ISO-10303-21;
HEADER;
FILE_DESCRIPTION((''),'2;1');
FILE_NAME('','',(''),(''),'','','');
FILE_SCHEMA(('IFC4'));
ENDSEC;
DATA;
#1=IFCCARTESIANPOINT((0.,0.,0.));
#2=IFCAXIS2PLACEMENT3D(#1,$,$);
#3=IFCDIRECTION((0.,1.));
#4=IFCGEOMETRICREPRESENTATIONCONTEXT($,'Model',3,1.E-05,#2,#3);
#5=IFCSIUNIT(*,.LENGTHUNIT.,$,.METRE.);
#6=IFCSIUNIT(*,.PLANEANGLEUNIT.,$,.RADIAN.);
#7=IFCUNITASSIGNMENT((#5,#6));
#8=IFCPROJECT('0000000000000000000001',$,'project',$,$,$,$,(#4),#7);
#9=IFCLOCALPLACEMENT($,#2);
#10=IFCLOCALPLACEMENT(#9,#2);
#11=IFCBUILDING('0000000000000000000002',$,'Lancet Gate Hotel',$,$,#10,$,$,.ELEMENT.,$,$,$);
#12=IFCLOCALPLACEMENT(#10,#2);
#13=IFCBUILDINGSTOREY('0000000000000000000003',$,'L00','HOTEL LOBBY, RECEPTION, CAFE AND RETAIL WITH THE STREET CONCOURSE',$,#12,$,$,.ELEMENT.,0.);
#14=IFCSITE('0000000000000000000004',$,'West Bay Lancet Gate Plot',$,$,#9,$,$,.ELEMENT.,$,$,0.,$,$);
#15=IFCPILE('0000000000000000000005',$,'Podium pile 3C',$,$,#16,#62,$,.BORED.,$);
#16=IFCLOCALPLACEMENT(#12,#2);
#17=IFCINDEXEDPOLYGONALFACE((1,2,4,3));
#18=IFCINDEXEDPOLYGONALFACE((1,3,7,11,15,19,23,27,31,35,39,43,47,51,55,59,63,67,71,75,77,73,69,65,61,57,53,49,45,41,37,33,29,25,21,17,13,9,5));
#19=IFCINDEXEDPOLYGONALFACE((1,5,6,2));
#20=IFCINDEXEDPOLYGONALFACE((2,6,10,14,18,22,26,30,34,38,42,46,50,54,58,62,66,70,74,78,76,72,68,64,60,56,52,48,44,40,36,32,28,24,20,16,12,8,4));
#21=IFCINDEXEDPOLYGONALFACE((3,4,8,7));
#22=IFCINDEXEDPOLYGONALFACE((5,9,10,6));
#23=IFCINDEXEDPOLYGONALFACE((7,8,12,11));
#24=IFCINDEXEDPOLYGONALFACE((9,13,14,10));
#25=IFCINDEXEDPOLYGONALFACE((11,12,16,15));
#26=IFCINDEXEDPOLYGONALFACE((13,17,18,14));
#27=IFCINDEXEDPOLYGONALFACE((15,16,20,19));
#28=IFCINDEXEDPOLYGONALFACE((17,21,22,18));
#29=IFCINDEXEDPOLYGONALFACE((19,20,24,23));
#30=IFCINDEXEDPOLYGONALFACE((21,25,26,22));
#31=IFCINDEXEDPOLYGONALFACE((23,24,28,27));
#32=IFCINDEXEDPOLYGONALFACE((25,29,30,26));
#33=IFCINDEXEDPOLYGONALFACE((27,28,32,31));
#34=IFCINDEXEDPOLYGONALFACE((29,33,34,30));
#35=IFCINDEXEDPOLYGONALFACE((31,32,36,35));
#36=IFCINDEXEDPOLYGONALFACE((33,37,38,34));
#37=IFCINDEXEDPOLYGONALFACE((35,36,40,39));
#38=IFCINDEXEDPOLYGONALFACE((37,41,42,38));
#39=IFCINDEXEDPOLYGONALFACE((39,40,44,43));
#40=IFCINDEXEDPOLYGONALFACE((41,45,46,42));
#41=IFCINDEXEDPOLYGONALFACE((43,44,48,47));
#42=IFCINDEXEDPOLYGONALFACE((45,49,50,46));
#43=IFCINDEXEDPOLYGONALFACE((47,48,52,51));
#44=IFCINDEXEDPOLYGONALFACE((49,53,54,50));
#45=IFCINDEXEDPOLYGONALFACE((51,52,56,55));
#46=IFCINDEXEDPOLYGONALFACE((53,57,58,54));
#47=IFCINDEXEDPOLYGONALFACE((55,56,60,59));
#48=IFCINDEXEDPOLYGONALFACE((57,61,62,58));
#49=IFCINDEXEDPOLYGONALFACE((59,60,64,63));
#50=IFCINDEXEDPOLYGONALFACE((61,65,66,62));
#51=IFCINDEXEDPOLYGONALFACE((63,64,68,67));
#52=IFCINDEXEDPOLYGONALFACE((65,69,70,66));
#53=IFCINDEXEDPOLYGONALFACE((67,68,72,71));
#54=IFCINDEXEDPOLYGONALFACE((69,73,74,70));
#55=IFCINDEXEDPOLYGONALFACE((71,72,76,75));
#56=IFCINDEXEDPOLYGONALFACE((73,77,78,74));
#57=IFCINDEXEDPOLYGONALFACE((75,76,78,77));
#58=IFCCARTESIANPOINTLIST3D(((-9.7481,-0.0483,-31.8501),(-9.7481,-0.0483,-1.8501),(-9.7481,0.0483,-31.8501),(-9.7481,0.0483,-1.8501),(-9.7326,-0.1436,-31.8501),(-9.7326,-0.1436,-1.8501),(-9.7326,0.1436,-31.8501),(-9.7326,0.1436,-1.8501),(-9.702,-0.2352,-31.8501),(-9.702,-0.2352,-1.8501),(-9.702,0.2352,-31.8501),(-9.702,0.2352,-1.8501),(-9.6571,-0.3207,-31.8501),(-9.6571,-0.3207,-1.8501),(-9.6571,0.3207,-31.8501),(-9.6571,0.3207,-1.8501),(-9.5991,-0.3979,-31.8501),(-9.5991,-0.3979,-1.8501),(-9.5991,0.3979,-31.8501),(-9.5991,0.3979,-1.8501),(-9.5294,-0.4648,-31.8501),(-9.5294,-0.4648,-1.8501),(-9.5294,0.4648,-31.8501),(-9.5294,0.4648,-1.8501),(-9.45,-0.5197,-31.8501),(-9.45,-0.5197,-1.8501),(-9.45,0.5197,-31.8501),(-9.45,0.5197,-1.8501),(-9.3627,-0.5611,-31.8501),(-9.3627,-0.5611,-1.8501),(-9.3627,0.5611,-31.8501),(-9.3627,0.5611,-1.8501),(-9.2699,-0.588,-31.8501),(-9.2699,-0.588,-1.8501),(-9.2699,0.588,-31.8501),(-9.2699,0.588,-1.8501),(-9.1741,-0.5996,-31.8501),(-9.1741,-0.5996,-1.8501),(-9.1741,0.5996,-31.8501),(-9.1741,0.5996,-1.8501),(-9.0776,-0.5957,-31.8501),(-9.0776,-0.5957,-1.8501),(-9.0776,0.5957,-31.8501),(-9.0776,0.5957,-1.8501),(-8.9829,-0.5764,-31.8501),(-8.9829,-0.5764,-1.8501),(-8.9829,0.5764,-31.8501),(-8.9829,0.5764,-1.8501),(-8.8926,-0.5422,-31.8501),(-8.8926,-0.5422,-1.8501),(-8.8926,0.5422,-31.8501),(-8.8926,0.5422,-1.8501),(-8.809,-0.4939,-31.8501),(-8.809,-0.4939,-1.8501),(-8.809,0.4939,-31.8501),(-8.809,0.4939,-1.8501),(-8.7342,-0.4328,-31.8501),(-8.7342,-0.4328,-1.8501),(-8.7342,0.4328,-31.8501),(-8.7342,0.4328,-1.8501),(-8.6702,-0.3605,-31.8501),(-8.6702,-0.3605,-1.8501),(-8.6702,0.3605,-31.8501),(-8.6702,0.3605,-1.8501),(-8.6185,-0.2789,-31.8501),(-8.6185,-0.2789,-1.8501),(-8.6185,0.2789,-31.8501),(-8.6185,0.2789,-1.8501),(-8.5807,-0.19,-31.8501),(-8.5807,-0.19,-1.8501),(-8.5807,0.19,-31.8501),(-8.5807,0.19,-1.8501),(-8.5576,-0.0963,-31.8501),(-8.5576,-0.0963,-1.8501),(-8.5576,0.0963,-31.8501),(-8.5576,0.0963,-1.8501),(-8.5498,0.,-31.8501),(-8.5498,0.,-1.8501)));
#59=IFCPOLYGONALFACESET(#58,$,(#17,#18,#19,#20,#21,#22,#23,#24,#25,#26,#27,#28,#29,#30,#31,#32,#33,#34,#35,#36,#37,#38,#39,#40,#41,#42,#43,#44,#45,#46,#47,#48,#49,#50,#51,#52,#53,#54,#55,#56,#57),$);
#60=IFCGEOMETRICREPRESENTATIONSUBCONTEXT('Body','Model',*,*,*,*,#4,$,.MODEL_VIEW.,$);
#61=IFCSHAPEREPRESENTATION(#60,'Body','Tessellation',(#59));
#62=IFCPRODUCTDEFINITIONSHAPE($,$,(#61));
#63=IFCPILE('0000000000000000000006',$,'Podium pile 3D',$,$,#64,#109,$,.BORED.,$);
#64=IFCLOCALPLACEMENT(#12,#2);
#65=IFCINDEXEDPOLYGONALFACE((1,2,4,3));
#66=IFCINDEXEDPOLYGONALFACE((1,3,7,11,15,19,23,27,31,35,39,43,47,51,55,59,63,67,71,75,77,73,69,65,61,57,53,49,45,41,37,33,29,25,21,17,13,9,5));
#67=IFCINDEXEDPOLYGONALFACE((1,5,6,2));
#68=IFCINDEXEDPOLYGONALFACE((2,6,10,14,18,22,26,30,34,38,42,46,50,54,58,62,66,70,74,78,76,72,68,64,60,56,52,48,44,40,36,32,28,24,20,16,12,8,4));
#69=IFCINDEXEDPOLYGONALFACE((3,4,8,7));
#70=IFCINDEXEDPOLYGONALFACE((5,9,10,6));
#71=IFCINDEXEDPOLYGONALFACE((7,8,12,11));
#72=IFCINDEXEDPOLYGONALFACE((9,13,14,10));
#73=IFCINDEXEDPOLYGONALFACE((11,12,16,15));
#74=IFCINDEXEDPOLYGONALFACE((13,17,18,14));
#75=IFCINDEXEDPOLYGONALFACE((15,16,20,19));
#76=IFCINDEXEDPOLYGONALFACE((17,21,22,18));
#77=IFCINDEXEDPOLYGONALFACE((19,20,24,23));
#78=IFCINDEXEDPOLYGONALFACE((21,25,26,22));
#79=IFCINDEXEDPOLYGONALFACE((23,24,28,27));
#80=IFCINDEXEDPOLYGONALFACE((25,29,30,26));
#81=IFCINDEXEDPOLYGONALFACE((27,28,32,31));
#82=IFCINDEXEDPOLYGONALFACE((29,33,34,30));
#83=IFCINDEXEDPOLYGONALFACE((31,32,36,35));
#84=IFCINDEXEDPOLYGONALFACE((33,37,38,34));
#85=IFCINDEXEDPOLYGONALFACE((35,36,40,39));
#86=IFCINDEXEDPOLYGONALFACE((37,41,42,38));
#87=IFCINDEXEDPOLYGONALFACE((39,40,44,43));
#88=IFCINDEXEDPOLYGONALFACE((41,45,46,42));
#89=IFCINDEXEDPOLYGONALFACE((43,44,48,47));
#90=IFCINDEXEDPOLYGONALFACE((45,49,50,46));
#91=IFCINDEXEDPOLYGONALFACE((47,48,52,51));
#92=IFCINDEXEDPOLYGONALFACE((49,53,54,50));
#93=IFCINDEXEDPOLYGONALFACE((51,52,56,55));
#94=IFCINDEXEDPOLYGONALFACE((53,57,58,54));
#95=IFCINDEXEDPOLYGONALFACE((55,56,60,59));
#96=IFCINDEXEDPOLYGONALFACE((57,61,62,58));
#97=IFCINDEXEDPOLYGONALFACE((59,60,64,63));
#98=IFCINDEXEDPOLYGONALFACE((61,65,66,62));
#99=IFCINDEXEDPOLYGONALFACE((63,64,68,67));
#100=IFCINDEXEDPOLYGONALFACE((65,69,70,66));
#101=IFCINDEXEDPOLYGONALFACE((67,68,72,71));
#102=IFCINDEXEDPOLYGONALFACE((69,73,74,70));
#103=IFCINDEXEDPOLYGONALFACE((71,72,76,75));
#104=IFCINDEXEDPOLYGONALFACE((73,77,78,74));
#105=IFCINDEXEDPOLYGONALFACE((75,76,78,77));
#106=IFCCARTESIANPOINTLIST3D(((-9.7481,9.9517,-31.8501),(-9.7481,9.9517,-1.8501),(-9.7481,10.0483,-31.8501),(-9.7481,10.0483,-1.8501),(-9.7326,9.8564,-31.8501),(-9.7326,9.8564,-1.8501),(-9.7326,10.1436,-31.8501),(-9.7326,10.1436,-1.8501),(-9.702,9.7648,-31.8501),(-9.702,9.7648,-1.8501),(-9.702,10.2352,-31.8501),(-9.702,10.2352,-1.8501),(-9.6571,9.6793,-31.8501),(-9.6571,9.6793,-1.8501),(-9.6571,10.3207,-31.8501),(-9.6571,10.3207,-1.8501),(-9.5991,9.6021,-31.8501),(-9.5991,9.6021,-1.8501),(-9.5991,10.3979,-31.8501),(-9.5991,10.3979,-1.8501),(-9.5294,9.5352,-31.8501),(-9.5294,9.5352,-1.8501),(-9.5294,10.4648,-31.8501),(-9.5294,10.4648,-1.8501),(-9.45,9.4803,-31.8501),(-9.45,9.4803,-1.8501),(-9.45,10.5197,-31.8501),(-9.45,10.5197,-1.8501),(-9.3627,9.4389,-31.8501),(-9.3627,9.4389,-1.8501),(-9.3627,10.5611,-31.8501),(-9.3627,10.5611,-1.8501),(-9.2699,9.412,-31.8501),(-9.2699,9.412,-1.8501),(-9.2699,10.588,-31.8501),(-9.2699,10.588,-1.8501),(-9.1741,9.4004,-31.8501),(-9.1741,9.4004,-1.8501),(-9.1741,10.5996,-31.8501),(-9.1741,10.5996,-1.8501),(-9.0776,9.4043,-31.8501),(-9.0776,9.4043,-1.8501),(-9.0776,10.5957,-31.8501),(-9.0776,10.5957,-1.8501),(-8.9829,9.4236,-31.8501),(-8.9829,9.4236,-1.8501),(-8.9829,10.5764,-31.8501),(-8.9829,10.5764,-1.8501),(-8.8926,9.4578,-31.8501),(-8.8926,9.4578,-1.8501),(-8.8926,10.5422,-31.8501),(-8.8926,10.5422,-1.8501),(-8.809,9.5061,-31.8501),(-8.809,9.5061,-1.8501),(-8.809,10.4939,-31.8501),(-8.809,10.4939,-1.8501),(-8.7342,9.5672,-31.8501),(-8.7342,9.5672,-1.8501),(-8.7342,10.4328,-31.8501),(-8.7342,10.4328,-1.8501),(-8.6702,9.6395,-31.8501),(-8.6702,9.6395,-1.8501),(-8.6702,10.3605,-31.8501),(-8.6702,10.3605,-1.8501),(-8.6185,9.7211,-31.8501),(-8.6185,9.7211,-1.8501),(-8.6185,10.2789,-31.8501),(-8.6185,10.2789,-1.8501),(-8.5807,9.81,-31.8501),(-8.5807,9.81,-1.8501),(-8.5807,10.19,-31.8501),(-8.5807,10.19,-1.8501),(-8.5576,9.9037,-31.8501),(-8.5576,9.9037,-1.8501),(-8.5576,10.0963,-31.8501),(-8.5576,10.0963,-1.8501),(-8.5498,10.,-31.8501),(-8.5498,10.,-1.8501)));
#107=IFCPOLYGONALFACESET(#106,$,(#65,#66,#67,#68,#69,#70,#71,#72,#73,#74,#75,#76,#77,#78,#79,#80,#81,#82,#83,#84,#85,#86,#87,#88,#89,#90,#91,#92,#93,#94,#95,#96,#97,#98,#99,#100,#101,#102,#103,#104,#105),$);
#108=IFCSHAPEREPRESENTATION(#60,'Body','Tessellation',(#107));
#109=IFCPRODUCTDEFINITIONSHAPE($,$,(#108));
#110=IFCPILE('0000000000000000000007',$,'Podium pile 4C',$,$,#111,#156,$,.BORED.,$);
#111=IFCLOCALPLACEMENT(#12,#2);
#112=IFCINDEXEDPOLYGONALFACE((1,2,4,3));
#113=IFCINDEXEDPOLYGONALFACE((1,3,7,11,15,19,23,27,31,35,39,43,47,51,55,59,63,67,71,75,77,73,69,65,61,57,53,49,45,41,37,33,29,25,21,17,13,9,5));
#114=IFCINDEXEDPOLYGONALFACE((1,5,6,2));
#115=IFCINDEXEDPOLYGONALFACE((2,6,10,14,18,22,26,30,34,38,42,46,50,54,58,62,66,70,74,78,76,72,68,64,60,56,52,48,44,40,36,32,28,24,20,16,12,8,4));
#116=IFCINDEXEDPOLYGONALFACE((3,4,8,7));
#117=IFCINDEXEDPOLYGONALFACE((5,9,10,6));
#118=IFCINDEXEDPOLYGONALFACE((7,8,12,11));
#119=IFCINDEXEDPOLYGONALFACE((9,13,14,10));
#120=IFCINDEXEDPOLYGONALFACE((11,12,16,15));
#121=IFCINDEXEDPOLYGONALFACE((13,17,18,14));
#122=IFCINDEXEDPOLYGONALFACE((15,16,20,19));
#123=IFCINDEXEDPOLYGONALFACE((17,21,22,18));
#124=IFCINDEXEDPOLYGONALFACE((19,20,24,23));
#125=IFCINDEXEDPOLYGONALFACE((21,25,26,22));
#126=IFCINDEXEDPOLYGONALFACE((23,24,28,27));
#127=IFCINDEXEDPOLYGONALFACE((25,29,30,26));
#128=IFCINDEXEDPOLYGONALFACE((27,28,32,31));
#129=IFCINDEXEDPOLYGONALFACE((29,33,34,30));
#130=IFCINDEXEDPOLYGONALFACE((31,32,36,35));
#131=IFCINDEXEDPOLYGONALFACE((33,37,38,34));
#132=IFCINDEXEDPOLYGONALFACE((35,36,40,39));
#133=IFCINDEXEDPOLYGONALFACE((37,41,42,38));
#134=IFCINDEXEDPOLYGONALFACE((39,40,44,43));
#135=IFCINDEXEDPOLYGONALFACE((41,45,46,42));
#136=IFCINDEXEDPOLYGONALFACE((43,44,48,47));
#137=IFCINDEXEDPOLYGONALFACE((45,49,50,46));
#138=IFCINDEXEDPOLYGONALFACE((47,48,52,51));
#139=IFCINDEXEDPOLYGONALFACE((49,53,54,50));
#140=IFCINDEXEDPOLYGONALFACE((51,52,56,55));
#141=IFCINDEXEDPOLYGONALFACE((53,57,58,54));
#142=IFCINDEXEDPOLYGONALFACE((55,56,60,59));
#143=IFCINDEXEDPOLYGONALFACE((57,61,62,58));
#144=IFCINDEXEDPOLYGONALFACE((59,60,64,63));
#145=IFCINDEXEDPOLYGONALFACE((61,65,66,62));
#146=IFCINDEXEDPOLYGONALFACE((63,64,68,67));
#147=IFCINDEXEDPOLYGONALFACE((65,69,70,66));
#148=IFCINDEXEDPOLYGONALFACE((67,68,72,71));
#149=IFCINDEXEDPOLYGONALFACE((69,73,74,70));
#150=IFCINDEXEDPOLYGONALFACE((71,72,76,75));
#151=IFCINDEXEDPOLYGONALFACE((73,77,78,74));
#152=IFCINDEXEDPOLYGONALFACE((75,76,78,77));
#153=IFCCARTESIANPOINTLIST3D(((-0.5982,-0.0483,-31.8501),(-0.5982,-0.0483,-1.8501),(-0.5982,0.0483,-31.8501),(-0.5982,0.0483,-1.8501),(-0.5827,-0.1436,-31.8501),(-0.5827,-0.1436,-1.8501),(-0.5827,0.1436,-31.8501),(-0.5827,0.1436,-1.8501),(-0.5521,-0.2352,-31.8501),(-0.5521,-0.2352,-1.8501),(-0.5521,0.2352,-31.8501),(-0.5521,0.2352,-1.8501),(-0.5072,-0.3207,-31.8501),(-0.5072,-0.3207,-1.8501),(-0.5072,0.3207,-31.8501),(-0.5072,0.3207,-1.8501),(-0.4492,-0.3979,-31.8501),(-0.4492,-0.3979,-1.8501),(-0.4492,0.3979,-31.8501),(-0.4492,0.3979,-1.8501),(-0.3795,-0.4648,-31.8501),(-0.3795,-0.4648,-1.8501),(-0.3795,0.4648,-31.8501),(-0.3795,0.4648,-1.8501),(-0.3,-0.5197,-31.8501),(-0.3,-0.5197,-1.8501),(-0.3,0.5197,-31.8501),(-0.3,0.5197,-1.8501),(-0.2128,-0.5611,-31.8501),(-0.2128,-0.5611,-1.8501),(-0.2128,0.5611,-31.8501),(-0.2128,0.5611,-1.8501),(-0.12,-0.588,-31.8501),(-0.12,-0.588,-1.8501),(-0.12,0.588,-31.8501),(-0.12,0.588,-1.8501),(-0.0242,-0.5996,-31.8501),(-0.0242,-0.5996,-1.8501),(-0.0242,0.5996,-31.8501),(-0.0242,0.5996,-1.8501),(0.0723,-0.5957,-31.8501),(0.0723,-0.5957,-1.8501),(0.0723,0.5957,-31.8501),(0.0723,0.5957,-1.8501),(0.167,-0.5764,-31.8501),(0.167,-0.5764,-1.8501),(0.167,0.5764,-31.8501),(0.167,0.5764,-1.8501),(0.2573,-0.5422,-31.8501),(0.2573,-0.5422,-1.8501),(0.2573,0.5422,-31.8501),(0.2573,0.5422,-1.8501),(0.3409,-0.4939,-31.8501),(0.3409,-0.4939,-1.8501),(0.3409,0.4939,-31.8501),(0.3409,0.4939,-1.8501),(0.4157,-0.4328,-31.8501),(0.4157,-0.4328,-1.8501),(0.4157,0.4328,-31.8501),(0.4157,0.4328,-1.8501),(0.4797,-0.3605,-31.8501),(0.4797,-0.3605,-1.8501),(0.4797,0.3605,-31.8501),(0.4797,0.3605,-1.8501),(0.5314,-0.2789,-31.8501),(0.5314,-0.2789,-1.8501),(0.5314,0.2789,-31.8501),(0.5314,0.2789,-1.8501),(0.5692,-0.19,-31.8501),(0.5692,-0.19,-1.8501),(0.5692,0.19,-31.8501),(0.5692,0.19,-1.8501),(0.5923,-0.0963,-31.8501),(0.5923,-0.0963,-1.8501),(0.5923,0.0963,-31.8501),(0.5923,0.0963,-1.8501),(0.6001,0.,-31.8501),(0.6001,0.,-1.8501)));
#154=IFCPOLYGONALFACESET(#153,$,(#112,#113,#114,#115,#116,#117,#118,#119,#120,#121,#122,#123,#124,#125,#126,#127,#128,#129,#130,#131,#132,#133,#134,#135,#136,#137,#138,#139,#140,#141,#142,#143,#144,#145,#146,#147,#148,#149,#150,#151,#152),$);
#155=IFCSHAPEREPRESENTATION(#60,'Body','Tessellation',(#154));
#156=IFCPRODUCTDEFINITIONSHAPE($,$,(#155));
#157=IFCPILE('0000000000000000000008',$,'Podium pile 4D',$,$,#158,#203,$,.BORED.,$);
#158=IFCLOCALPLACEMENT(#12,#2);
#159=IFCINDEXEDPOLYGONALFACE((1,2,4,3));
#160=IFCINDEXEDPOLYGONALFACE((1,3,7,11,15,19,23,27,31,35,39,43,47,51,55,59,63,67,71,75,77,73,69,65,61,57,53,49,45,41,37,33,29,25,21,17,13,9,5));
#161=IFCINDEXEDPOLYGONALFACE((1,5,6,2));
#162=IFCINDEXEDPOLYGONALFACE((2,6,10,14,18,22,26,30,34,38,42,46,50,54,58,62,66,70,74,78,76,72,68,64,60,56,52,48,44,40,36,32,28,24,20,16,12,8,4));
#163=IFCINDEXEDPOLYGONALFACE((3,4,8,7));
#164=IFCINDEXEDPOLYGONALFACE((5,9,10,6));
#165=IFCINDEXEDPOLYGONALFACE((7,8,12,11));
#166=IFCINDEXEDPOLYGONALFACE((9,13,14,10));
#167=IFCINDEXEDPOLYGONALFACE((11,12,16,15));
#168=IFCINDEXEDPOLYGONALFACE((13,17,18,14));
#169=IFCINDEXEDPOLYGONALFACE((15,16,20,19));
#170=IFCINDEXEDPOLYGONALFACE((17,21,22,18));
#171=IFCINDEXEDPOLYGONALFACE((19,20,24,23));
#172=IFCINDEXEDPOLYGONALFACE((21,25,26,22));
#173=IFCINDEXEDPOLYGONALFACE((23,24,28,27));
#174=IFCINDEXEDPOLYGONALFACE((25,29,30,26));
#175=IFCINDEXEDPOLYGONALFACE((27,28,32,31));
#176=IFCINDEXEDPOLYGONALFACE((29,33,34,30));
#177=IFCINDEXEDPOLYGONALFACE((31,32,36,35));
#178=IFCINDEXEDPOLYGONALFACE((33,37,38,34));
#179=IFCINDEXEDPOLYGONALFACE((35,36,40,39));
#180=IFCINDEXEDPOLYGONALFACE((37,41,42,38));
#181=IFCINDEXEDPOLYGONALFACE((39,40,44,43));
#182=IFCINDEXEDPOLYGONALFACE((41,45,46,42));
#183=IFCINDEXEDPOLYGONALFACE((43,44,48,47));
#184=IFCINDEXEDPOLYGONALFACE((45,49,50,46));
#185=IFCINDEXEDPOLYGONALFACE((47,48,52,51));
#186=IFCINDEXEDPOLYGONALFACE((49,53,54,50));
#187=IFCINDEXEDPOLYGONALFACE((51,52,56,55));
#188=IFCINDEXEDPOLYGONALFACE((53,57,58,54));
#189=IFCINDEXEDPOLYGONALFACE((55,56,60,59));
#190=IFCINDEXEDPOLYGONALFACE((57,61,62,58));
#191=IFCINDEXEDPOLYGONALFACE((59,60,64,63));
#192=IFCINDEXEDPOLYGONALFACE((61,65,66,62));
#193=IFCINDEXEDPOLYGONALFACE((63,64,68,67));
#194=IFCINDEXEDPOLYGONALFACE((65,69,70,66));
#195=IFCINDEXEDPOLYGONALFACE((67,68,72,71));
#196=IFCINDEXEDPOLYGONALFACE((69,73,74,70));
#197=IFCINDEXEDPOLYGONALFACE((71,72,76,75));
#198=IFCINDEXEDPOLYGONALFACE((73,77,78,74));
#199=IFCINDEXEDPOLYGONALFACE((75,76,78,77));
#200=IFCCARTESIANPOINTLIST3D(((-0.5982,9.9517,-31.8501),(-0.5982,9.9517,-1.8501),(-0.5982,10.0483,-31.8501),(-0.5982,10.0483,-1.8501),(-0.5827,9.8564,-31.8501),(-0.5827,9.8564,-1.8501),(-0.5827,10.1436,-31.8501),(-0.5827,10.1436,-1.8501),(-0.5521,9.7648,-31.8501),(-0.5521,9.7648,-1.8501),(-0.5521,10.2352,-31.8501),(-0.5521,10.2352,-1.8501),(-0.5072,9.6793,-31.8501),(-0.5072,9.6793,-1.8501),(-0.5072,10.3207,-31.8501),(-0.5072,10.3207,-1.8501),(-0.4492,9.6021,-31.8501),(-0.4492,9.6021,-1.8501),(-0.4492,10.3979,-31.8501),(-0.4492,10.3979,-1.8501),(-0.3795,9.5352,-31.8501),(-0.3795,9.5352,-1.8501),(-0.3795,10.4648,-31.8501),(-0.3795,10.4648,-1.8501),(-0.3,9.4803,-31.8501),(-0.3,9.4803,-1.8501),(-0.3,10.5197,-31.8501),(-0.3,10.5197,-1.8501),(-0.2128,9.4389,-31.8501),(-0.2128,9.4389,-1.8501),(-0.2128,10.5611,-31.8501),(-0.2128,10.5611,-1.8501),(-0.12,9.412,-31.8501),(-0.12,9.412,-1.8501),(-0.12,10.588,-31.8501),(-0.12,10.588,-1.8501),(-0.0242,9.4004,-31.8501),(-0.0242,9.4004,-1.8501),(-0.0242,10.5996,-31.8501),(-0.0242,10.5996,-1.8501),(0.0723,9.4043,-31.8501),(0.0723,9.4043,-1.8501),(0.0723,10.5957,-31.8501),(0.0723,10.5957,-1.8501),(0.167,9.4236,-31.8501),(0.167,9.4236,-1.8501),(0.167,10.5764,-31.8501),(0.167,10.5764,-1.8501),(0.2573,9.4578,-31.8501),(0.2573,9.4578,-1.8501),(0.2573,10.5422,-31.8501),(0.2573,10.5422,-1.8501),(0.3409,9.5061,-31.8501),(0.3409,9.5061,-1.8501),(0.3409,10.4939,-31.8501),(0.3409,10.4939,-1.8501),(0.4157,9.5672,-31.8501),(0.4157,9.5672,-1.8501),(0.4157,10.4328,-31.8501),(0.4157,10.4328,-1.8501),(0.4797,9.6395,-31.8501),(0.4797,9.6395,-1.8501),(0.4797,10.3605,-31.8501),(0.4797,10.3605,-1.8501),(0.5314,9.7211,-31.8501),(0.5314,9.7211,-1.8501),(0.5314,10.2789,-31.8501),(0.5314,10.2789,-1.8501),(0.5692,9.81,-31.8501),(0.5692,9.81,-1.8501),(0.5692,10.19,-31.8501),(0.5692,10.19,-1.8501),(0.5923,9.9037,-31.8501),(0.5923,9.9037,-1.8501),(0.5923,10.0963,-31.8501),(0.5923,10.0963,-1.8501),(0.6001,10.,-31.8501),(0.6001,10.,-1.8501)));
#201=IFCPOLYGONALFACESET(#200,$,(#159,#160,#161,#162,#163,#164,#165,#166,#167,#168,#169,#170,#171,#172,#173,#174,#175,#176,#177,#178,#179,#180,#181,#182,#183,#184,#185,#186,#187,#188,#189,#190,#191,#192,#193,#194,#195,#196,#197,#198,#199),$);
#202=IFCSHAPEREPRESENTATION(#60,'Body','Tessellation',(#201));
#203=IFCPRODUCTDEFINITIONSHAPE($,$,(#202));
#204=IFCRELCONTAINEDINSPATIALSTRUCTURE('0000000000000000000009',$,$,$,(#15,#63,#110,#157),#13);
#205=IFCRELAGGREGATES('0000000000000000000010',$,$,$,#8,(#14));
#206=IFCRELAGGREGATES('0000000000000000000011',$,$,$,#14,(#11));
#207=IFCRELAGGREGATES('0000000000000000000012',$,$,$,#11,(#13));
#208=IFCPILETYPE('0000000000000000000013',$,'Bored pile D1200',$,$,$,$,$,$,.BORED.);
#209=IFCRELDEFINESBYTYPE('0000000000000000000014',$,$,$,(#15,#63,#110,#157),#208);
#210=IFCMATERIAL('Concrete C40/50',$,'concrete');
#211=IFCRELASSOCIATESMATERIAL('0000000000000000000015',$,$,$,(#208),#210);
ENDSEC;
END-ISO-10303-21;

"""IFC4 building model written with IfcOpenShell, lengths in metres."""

from ifc_helpers import new_model, si_unit, direction, frame, origin, origin_2d, place, context, subcontext, project, spatial, circle, extrude, material, material_profile, profile_set, type_object, element, save


model = new_model("IFC4")

# Units and contexts
model_context = context("Model", 3, precision=1e-05, world=origin(), true_north=direction((0.0, 1.0)))
body_context = subcontext(model_context, "Body", "Model", "MODEL_VIEW")
ifc_project = project(units=[si_unit("LENGTHUNIT", "METRE"), si_unit("PLANEANGLEUNIT", "RADIAN")], contexts=[model_context])

# Site, building, storey
site_placement = place(None, origin())
site = spatial("IfcSite", under=ifc_project, at=site_placement, Name="West Bay Lancet Gate Plot", CompositionType="ELEMENT", RefElevation=0.0)
building_placement = place(site_placement, origin())
building = spatial("IfcBuilding", under=site, at=building_placement, Name="Lancet Gate Hotel", CompositionType="ELEMENT")
storey_placement = place(building_placement, origin())
storey = spatial("IfcBuildingStorey", under=building, at=storey_placement, Name="L00", Description="HOTEL LOBBY, RECEPTION, CAFE AND RETAIL WITH THE STREET CONCOURSE", CompositionType="ELEMENT", Elevation=0.0)

# Piles
ifc_material_1 = material(Name="Concrete C40/50", Category="concrete")
ifc_material_profile_1 = material_profile(ifc_material_1, circle(Radius=0.6001, at=origin_2d()), Name="PILE D1200")
ifc_profile_set_1 = profile_set([ifc_material_profile_1], Name="Concrete C40/50")
pile_type = type_object("IfcPileType", Name="Bored pile D1200", PredefinedType="BORED", material=ifc_profile_set_1)
for number, where, z_axis, x_axis, name in (
    (1, (-9.1499, 0.0, -1.8501), (0.0, 0.0, -1.0), (1.0, 0.0, 0.0), "Podium pile 3C"),
    (2, (-9.1499, 10.0, -1.8501), (0.0, 0.0, -1.0), (1.0, 0.0, 0.0), "Podium pile 3D"),
    (3, (0.0, 0.0, -1.8501), (0.0, 0.0, -1.0), (1.0, 0.0, 0.0), "Podium pile 4C"),
    (4, (0.0, 10.0, -1.8501), (0.0, 0.0, -1.0), (1.0, 0.0, 0.0), "Podium pile 4D"),
):
    element("IfcPile", number, at=place(storey_placement, frame(where, z_axis=z_axis, x_axis=x_axis)), inside=storey, type_object=pile_type, Name=name, PredefinedType="BORED", context=body_context, shape_type="SweptSolid", body=[
        extrude(circle(Radius=0.6001, at=origin_2d()), origin(), (0.0, 0.0, 1.0), 30.0),
    ])

save(model, "model.ifc")
